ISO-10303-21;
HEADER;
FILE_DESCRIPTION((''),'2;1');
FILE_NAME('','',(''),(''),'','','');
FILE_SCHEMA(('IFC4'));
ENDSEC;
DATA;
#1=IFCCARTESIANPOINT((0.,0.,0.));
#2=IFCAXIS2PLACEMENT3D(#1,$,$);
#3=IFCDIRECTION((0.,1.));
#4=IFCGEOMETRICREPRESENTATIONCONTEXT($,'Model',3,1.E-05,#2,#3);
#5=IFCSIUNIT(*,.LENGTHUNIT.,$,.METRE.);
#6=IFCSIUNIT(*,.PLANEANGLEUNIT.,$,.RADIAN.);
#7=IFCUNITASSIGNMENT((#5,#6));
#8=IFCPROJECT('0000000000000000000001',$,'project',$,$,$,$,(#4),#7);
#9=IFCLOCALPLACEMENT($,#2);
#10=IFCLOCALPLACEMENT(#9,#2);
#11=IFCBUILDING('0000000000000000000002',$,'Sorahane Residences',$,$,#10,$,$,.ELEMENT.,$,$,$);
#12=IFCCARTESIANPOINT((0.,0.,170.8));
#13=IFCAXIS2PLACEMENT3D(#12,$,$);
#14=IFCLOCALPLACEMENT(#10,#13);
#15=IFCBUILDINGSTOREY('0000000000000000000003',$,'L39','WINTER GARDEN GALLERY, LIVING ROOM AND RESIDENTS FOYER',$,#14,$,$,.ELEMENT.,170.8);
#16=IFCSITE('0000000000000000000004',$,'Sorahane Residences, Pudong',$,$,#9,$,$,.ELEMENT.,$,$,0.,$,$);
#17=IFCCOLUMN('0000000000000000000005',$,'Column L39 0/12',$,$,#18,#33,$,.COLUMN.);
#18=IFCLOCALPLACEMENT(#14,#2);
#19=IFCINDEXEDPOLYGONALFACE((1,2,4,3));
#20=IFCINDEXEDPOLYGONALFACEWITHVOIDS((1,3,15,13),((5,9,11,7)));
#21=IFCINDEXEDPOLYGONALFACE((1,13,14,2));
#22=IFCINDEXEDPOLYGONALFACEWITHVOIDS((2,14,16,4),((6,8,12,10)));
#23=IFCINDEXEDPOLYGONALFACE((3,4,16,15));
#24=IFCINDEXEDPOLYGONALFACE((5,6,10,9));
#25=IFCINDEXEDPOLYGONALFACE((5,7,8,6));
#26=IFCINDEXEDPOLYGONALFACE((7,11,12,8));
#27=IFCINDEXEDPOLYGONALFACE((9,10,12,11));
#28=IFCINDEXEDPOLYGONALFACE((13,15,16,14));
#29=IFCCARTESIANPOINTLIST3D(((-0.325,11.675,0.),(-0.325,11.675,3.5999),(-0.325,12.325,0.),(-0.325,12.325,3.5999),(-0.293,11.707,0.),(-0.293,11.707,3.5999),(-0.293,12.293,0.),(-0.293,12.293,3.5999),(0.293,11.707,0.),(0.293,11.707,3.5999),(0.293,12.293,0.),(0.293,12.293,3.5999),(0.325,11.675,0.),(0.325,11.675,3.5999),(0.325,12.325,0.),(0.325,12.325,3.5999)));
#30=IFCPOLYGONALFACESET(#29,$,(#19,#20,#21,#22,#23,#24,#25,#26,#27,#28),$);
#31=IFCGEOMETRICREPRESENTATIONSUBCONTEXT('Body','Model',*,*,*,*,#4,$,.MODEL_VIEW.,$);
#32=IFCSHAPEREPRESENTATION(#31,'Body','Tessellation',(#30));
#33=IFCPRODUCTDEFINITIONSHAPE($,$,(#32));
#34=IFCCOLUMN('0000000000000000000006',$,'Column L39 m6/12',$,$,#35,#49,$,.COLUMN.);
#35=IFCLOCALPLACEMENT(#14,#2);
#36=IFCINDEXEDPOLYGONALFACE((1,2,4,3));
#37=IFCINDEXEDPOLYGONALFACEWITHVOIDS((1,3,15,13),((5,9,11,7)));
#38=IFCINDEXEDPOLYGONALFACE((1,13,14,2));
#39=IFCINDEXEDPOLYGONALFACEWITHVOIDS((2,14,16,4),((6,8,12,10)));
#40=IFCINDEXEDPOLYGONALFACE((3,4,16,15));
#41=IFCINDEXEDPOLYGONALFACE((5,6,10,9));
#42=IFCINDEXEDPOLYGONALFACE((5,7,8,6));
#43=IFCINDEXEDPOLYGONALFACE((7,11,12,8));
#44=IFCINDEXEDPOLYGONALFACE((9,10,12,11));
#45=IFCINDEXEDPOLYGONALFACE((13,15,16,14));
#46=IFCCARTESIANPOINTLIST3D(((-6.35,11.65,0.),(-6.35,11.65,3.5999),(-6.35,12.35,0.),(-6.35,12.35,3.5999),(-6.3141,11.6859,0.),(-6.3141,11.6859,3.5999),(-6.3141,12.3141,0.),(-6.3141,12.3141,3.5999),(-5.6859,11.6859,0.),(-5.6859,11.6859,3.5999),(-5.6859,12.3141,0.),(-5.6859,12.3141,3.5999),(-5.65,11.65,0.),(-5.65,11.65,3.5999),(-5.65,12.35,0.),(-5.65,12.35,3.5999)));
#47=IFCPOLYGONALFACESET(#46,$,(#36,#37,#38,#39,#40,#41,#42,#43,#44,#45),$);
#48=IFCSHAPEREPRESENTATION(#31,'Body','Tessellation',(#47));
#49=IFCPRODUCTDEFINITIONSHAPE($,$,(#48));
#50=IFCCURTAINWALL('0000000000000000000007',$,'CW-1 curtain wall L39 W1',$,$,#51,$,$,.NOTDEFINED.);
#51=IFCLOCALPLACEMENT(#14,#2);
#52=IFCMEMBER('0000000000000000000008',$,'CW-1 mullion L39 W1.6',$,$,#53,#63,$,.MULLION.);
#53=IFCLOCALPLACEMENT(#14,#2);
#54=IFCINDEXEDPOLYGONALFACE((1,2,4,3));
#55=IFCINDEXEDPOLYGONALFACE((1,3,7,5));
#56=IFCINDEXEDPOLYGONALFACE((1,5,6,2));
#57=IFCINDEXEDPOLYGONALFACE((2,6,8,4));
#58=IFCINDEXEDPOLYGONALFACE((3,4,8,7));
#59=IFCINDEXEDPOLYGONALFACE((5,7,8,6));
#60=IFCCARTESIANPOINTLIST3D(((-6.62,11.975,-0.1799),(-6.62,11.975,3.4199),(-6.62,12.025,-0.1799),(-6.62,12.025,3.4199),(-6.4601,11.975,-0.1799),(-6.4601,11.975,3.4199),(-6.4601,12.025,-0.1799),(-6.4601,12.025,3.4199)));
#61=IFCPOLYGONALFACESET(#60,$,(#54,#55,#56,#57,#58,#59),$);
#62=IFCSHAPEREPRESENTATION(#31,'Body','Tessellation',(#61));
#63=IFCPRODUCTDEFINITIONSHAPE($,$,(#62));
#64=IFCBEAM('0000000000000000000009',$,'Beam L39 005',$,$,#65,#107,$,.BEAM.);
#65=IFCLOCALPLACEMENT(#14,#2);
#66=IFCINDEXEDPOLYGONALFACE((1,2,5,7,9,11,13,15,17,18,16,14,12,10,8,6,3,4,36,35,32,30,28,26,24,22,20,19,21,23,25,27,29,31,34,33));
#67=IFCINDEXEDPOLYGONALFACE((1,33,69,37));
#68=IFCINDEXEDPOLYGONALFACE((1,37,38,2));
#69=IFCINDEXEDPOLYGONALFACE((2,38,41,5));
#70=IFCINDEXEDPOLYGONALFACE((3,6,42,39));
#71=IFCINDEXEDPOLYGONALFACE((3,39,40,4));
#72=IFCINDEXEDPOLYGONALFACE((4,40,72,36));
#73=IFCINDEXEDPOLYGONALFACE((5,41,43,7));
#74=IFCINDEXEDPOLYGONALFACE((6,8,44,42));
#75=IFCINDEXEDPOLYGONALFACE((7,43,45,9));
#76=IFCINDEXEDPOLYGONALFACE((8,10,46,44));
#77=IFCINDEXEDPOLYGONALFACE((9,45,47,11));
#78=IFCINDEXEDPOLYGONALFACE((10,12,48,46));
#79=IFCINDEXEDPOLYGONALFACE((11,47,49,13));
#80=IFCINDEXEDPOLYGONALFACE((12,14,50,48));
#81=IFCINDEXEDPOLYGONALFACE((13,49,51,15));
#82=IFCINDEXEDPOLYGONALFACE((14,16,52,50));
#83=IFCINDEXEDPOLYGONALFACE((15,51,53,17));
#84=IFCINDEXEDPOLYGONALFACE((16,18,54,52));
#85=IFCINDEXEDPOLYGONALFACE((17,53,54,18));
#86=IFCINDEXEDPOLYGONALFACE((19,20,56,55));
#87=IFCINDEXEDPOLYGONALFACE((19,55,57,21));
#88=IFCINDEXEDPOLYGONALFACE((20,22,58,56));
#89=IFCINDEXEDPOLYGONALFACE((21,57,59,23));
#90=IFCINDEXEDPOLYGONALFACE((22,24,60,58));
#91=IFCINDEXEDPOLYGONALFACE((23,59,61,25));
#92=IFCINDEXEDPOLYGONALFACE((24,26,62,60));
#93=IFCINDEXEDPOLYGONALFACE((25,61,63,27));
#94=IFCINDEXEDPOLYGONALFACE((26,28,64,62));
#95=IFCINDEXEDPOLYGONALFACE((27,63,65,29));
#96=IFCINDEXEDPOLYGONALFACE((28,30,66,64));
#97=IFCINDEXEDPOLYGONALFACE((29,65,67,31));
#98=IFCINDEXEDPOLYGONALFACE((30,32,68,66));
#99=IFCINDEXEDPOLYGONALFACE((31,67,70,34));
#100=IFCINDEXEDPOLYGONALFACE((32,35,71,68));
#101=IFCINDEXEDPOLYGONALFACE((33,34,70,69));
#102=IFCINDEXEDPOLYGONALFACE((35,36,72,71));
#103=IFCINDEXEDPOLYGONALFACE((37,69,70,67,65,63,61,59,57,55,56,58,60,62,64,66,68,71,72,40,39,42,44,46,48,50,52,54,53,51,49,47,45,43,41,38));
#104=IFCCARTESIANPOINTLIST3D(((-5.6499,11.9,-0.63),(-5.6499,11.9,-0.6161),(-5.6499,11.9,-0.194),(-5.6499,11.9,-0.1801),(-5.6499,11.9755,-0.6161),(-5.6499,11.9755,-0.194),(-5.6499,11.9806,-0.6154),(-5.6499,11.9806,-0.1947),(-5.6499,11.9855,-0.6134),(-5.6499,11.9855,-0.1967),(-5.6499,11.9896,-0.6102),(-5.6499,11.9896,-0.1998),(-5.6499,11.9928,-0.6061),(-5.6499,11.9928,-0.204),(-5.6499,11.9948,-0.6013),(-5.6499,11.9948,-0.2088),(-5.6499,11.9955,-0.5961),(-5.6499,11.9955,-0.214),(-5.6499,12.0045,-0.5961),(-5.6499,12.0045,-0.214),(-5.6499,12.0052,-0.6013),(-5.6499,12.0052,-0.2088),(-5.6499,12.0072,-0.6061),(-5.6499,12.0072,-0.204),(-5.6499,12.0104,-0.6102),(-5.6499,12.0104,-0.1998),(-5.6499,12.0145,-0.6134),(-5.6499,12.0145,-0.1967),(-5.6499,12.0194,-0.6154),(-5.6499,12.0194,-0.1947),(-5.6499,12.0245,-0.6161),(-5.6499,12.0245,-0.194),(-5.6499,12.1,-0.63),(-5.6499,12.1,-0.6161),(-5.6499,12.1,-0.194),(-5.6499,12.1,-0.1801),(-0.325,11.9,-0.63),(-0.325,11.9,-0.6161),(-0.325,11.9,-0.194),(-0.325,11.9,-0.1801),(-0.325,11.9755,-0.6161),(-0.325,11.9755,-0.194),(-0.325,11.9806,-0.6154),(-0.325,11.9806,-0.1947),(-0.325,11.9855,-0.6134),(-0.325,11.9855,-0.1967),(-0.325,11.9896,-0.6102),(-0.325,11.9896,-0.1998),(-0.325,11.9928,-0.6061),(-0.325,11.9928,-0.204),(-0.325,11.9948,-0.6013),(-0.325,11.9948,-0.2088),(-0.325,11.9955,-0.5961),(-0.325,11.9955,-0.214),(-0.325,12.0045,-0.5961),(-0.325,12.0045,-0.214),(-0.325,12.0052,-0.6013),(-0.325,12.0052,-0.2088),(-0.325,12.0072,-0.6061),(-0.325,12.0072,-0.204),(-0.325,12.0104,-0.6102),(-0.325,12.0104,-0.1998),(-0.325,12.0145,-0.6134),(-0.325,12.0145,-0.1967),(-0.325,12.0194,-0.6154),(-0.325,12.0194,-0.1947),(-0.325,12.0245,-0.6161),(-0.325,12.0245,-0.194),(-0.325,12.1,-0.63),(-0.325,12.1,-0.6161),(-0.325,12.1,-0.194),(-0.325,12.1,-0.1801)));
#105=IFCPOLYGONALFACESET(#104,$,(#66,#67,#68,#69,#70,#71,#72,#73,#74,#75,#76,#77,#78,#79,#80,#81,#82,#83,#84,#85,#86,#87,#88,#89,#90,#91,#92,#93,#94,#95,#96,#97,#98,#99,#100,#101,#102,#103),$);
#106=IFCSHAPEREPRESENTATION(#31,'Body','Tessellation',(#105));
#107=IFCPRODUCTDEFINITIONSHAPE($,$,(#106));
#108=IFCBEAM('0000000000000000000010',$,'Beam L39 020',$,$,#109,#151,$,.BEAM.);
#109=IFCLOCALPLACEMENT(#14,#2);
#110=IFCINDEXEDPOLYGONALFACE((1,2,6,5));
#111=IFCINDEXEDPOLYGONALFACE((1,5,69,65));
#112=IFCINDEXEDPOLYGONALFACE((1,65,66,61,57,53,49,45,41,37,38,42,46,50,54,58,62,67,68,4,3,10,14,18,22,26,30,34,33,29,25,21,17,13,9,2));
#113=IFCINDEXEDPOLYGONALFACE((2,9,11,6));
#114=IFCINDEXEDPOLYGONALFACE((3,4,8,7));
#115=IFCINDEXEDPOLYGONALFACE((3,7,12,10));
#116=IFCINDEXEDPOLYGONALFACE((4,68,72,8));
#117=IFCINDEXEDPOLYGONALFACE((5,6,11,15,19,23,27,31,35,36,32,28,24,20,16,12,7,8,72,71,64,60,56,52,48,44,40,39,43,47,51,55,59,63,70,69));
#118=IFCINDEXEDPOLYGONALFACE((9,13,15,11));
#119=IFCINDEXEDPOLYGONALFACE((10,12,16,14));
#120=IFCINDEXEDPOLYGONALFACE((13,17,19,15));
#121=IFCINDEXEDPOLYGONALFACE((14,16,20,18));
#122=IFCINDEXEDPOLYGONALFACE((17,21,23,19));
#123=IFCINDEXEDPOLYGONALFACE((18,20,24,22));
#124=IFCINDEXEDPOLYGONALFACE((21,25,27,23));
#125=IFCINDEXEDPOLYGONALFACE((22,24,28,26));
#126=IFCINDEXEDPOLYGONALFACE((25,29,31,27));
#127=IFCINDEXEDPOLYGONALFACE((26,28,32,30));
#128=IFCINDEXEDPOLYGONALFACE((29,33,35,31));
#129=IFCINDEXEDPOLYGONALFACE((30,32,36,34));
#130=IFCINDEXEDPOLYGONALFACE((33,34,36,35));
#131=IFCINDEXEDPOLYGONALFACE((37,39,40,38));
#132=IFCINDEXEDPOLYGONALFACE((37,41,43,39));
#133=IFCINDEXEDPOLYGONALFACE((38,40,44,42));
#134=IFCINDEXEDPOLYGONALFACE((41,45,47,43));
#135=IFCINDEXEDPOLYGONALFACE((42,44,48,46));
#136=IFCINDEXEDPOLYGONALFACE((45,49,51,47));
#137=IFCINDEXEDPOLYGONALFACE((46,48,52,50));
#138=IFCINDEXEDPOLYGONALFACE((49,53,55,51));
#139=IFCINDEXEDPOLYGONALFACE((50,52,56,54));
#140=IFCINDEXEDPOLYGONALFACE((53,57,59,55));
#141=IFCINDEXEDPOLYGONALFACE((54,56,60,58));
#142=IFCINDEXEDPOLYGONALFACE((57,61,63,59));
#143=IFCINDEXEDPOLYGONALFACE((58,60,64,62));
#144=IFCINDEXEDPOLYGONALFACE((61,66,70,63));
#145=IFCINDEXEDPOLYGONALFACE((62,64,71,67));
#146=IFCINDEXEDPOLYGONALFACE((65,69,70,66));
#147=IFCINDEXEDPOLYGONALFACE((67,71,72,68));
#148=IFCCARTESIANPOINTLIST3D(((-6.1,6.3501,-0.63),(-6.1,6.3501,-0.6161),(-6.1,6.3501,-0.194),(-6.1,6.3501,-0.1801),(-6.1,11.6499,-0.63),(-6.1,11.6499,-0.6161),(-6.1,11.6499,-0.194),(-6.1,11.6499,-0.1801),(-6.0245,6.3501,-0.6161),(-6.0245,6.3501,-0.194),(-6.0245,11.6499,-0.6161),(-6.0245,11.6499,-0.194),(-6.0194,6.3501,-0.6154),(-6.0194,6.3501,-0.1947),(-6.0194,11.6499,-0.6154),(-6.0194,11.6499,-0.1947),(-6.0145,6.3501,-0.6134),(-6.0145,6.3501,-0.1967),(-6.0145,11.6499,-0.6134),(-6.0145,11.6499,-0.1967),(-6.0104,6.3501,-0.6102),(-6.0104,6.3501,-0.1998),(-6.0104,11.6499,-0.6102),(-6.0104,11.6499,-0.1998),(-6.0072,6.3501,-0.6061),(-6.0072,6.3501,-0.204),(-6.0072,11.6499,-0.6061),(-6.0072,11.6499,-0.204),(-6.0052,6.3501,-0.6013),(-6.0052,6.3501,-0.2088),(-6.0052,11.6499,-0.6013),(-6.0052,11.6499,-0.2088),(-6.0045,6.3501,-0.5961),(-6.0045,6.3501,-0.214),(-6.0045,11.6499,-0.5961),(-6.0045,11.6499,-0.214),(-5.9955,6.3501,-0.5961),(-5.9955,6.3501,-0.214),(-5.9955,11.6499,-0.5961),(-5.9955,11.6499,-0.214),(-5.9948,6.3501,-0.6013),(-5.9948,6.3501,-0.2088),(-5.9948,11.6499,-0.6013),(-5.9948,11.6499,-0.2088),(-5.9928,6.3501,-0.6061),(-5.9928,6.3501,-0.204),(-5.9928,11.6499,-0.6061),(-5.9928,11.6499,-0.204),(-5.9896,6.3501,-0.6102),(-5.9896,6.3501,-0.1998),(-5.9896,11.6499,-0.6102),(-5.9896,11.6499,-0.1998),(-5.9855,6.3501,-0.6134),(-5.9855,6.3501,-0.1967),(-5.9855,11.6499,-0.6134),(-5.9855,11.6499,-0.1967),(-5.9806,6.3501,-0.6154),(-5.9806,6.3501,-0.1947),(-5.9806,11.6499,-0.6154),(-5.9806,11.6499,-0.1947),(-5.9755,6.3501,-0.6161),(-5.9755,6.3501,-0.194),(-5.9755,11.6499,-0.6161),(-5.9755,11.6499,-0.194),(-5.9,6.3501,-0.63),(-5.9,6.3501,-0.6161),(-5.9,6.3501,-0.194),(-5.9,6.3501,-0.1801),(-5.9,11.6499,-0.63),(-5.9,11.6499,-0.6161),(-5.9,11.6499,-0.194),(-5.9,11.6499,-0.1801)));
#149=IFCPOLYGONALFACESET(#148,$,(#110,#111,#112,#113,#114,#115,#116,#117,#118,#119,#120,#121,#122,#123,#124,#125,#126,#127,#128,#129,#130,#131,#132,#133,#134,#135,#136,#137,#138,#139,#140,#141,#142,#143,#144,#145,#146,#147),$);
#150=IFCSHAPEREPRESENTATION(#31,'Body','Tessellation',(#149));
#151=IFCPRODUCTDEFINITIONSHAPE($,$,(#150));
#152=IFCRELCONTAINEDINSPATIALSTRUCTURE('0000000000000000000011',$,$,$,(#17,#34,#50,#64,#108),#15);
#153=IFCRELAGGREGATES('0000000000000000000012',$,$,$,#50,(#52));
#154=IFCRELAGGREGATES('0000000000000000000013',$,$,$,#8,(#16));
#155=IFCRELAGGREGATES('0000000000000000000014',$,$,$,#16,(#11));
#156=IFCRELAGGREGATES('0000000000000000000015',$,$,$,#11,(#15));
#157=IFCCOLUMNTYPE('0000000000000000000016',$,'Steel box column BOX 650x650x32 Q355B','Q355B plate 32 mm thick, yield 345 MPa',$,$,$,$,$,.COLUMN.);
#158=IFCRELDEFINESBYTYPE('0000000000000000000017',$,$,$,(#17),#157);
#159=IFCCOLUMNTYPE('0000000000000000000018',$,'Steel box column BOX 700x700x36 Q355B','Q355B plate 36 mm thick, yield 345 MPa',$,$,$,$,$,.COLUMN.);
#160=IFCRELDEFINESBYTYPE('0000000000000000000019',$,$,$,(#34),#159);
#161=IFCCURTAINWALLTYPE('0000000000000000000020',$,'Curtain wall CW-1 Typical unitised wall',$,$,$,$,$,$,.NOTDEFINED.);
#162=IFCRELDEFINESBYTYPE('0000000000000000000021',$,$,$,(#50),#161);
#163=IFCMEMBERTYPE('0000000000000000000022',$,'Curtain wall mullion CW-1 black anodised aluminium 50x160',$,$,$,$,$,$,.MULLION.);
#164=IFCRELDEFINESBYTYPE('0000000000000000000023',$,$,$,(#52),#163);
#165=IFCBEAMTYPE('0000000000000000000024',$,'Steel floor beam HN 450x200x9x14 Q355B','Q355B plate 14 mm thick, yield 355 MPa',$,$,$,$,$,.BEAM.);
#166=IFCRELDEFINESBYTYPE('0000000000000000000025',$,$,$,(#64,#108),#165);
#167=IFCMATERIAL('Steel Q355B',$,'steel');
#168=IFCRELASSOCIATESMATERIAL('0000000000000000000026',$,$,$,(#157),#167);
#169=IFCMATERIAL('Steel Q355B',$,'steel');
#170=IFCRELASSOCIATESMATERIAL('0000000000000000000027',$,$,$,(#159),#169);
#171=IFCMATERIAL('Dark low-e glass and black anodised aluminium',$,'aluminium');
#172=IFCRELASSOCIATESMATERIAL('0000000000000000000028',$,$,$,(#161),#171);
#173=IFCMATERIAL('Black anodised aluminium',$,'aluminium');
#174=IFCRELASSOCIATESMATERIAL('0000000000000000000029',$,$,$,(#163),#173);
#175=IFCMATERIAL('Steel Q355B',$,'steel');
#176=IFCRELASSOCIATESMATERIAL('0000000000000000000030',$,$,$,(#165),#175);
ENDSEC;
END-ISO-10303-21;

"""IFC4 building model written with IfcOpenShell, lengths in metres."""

from ifc_helpers import new_model, si_unit, direction, frame, origin, origin_2d, place, context, subcontext, project, spatial, rectangle, hollow_rectangle, i_section, extrude, material, material_profile, profile_set, type_object, element, aggregate, save


model = new_model("IFC4")

# Units and contexts
model_context = context("Model", 3, precision=1e-05, world=origin(), true_north=direction((0.0, 1.0)))
body_context = subcontext(model_context, "Body", "Model", "MODEL_VIEW")
ifc_project = project(units=[si_unit("LENGTHUNIT", "METRE"), si_unit("PLANEANGLEUNIT", "RADIAN")], contexts=[model_context])

# Site, building, storey
site_placement = place(None, origin())
site = spatial("IfcSite", under=ifc_project, at=site_placement, Name="Sorahane Residences, Pudong", CompositionType="ELEMENT", RefElevation=0.0)
building_placement = place(site_placement, origin())
building = spatial("IfcBuilding", under=site, at=building_placement, Name="Sorahane Residences", CompositionType="ELEMENT")
storey_placement = place(building_placement, frame((0.0, 0.0, 170.8)))
storey = spatial("IfcBuildingStorey", under=building, at=storey_placement, Name="L39", Description="WINTER GARDEN GALLERY, LIVING ROOM AND RESIDENTS FOYER", CompositionType="ELEMENT", Elevation=170.8)

# Columns
ifc_material_1 = material(Name="Steel Q355B", Category="steel")
ifc_material_profile_1 = material_profile(ifc_material_1, hollow_rectangle(XDim=0.6499, YDim=0.6499, WallThickness=0.032, at=origin_2d()), Name="BOX 650x650x32")
ifc_profile_set_1 = profile_set([ifc_material_profile_1], Name="Steel Q355B")
column_type_1 = type_object("IfcColumnType", Name="Steel box column BOX 650x650x32 Q355B", Description="Q355B plate 32 mm thick, yield 345 MPa", PredefinedType="COLUMN", material=ifc_profile_set_1)
column_1_placement = place(storey_placement, frame((0.0, 12.0, 0.0), z_axis=(0.0, 0.0, 1.0), x_axis=(1.0, 0.0, 0.0)))
element("IfcColumn", 1, at=column_1_placement, inside=storey, type_object=column_type_1, Name="Column L39 0/12", PredefinedType="COLUMN", context=body_context, shape_type="SweptSolid", body=[
    extrude(hollow_rectangle(XDim=0.6499, YDim=0.6499, WallThickness=0.032, at=origin_2d()), origin(), (0.0, 0.0, 1.0), 3.5999),
])
ifc_material_2 = material(Name="Steel Q355B", Category="steel")
ifc_material_profile_2 = material_profile(ifc_material_2, hollow_rectangle(XDim=0.7, YDim=0.7, WallThickness=0.0359, at=origin_2d()), Name="BOX 700x700x36")
ifc_profile_set_2 = profile_set([ifc_material_profile_2], Name="Steel Q355B")
column_type_2 = type_object("IfcColumnType", Name="Steel box column BOX 700x700x36 Q355B", Description="Q355B plate 36 mm thick, yield 345 MPa", PredefinedType="COLUMN", material=ifc_profile_set_2)
column_2_placement = place(storey_placement, frame((-6.0, 12.0, 0.0), z_axis=(0.0, 0.0, 1.0), x_axis=(1.0, 0.0, 0.0)))
element("IfcColumn", 2, at=column_2_placement, inside=storey, type_object=column_type_2, Name="Column L39 m6/12", PredefinedType="COLUMN", context=body_context, shape_type="SweptSolid", body=[
    extrude(hollow_rectangle(XDim=0.7, YDim=0.7, WallThickness=0.0359, at=origin_2d()), origin(), (0.0, 0.0, 1.0), 3.5999),
])

# Curtain wall, member
ifc_material_3 = material(Name="Dark low-e glass and black anodised aluminium", Category="aluminium")
curtain_wall_type = type_object("IfcCurtainWallType", Name="Curtain wall CW-1 Typical unitised wall", PredefinedType="NOTDEFINED", material=ifc_material_3)
curtain_wall_placement = place(storey_placement, origin())
curtain_wall = element("IfcCurtainWall", 3, at=curtain_wall_placement, inside=storey, type_object=curtain_wall_type, Name="CW-1 curtain wall L39 W1", PredefinedType="NOTDEFINED")
ifc_material_4 = material(Name="Black anodised aluminium", Category="aluminium")
ifc_material_profile_3 = material_profile(ifc_material_4, rectangle(XDim=0.1599, YDim=0.05, at=origin_2d()), Name="Curtain wall mullion CW-1 black anodised aluminium 50x160")
ifc_profile_set_3 = profile_set([ifc_material_profile_3], Name="Black anodised aluminium")
member_type = type_object("IfcMemberType", Name="Curtain wall mullion CW-1 black anodised aluminium 50x160", PredefinedType="MULLION", material=ifc_profile_set_3)
member_placement = place(storey_placement, frame((-6.54, 12.0, -0.1799), z_axis=(0.0, 0.0, 1.0), x_axis=(-1.0, 0.0, 0.0)))
member = element("IfcMember", 4, at=member_placement, type_object=member_type, Name="CW-1 mullion L39 W1.6", PredefinedType="MULLION", context=body_context, shape_type="SweptSolid", body=[
    extrude(rectangle(XDim=0.1599, YDim=0.05, at=origin_2d()), origin(), (0.0, 0.0, 1.0), 3.5999),
])

# Beams
ifc_material_5 = material(Name="Steel Q355B", Category="steel")
ifc_material_profile_4 = material_profile(ifc_material_5, i_section(OverallWidth=0.2, OverallDepth=0.45, WebThickness=0.009, FlangeThickness=0.0139, FilletRadius=0.02, at=origin_2d()), Name="HN 450x200x9x14")
ifc_profile_set_4 = profile_set([ifc_material_profile_4], Name="Steel Q355B")
beam_type_1 = type_object("IfcBeamType", Name="Steel floor beam HN 450x200x9x14 Q355B", Description="Q355B plate 14 mm thick, yield 355 MPa", PredefinedType="BEAM", material=ifc_profile_set_4)
beam_1_placement = place(storey_placement, frame((-5.6499, 12.0, -0.405), z_axis=(1.0, 0.0, 0.0), x_axis=(0.0, 1.0, 0.0)))
element("IfcBeam", 5, at=beam_1_placement, inside=storey, type_object=beam_type_1, Name="Beam L39 005", PredefinedType="BEAM", context=body_context, shape_type="SweptSolid", body=[
    extrude(i_section(OverallWidth=0.2, OverallDepth=0.45, WebThickness=0.009, FlangeThickness=0.0139, FilletRadius=0.02, at=origin_2d()), origin(), (0.0, 0.0, 1.0), 5.325),
])
beam_2_placement = place(storey_placement, frame((-6.0, 6.3501, -0.405), z_axis=(0.0, 1.0, 0.0), x_axis=(-1.0, 0.0, 0.0)))
element("IfcBeam", 6, at=beam_2_placement, inside=storey, type_object=beam_type_1, Name="Beam L39 020", PredefinedType="BEAM", context=body_context, shape_type="SweptSolid", body=[
    extrude(i_section(OverallWidth=0.2, OverallDepth=0.45, WebThickness=0.009, FlangeThickness=0.0139, FilletRadius=0.02, at=origin_2d()), origin(), (0.0, 0.0, 1.0), 5.2998),
])

aggregate(curtain_wall, [member])

save(model, "model.ifc")
